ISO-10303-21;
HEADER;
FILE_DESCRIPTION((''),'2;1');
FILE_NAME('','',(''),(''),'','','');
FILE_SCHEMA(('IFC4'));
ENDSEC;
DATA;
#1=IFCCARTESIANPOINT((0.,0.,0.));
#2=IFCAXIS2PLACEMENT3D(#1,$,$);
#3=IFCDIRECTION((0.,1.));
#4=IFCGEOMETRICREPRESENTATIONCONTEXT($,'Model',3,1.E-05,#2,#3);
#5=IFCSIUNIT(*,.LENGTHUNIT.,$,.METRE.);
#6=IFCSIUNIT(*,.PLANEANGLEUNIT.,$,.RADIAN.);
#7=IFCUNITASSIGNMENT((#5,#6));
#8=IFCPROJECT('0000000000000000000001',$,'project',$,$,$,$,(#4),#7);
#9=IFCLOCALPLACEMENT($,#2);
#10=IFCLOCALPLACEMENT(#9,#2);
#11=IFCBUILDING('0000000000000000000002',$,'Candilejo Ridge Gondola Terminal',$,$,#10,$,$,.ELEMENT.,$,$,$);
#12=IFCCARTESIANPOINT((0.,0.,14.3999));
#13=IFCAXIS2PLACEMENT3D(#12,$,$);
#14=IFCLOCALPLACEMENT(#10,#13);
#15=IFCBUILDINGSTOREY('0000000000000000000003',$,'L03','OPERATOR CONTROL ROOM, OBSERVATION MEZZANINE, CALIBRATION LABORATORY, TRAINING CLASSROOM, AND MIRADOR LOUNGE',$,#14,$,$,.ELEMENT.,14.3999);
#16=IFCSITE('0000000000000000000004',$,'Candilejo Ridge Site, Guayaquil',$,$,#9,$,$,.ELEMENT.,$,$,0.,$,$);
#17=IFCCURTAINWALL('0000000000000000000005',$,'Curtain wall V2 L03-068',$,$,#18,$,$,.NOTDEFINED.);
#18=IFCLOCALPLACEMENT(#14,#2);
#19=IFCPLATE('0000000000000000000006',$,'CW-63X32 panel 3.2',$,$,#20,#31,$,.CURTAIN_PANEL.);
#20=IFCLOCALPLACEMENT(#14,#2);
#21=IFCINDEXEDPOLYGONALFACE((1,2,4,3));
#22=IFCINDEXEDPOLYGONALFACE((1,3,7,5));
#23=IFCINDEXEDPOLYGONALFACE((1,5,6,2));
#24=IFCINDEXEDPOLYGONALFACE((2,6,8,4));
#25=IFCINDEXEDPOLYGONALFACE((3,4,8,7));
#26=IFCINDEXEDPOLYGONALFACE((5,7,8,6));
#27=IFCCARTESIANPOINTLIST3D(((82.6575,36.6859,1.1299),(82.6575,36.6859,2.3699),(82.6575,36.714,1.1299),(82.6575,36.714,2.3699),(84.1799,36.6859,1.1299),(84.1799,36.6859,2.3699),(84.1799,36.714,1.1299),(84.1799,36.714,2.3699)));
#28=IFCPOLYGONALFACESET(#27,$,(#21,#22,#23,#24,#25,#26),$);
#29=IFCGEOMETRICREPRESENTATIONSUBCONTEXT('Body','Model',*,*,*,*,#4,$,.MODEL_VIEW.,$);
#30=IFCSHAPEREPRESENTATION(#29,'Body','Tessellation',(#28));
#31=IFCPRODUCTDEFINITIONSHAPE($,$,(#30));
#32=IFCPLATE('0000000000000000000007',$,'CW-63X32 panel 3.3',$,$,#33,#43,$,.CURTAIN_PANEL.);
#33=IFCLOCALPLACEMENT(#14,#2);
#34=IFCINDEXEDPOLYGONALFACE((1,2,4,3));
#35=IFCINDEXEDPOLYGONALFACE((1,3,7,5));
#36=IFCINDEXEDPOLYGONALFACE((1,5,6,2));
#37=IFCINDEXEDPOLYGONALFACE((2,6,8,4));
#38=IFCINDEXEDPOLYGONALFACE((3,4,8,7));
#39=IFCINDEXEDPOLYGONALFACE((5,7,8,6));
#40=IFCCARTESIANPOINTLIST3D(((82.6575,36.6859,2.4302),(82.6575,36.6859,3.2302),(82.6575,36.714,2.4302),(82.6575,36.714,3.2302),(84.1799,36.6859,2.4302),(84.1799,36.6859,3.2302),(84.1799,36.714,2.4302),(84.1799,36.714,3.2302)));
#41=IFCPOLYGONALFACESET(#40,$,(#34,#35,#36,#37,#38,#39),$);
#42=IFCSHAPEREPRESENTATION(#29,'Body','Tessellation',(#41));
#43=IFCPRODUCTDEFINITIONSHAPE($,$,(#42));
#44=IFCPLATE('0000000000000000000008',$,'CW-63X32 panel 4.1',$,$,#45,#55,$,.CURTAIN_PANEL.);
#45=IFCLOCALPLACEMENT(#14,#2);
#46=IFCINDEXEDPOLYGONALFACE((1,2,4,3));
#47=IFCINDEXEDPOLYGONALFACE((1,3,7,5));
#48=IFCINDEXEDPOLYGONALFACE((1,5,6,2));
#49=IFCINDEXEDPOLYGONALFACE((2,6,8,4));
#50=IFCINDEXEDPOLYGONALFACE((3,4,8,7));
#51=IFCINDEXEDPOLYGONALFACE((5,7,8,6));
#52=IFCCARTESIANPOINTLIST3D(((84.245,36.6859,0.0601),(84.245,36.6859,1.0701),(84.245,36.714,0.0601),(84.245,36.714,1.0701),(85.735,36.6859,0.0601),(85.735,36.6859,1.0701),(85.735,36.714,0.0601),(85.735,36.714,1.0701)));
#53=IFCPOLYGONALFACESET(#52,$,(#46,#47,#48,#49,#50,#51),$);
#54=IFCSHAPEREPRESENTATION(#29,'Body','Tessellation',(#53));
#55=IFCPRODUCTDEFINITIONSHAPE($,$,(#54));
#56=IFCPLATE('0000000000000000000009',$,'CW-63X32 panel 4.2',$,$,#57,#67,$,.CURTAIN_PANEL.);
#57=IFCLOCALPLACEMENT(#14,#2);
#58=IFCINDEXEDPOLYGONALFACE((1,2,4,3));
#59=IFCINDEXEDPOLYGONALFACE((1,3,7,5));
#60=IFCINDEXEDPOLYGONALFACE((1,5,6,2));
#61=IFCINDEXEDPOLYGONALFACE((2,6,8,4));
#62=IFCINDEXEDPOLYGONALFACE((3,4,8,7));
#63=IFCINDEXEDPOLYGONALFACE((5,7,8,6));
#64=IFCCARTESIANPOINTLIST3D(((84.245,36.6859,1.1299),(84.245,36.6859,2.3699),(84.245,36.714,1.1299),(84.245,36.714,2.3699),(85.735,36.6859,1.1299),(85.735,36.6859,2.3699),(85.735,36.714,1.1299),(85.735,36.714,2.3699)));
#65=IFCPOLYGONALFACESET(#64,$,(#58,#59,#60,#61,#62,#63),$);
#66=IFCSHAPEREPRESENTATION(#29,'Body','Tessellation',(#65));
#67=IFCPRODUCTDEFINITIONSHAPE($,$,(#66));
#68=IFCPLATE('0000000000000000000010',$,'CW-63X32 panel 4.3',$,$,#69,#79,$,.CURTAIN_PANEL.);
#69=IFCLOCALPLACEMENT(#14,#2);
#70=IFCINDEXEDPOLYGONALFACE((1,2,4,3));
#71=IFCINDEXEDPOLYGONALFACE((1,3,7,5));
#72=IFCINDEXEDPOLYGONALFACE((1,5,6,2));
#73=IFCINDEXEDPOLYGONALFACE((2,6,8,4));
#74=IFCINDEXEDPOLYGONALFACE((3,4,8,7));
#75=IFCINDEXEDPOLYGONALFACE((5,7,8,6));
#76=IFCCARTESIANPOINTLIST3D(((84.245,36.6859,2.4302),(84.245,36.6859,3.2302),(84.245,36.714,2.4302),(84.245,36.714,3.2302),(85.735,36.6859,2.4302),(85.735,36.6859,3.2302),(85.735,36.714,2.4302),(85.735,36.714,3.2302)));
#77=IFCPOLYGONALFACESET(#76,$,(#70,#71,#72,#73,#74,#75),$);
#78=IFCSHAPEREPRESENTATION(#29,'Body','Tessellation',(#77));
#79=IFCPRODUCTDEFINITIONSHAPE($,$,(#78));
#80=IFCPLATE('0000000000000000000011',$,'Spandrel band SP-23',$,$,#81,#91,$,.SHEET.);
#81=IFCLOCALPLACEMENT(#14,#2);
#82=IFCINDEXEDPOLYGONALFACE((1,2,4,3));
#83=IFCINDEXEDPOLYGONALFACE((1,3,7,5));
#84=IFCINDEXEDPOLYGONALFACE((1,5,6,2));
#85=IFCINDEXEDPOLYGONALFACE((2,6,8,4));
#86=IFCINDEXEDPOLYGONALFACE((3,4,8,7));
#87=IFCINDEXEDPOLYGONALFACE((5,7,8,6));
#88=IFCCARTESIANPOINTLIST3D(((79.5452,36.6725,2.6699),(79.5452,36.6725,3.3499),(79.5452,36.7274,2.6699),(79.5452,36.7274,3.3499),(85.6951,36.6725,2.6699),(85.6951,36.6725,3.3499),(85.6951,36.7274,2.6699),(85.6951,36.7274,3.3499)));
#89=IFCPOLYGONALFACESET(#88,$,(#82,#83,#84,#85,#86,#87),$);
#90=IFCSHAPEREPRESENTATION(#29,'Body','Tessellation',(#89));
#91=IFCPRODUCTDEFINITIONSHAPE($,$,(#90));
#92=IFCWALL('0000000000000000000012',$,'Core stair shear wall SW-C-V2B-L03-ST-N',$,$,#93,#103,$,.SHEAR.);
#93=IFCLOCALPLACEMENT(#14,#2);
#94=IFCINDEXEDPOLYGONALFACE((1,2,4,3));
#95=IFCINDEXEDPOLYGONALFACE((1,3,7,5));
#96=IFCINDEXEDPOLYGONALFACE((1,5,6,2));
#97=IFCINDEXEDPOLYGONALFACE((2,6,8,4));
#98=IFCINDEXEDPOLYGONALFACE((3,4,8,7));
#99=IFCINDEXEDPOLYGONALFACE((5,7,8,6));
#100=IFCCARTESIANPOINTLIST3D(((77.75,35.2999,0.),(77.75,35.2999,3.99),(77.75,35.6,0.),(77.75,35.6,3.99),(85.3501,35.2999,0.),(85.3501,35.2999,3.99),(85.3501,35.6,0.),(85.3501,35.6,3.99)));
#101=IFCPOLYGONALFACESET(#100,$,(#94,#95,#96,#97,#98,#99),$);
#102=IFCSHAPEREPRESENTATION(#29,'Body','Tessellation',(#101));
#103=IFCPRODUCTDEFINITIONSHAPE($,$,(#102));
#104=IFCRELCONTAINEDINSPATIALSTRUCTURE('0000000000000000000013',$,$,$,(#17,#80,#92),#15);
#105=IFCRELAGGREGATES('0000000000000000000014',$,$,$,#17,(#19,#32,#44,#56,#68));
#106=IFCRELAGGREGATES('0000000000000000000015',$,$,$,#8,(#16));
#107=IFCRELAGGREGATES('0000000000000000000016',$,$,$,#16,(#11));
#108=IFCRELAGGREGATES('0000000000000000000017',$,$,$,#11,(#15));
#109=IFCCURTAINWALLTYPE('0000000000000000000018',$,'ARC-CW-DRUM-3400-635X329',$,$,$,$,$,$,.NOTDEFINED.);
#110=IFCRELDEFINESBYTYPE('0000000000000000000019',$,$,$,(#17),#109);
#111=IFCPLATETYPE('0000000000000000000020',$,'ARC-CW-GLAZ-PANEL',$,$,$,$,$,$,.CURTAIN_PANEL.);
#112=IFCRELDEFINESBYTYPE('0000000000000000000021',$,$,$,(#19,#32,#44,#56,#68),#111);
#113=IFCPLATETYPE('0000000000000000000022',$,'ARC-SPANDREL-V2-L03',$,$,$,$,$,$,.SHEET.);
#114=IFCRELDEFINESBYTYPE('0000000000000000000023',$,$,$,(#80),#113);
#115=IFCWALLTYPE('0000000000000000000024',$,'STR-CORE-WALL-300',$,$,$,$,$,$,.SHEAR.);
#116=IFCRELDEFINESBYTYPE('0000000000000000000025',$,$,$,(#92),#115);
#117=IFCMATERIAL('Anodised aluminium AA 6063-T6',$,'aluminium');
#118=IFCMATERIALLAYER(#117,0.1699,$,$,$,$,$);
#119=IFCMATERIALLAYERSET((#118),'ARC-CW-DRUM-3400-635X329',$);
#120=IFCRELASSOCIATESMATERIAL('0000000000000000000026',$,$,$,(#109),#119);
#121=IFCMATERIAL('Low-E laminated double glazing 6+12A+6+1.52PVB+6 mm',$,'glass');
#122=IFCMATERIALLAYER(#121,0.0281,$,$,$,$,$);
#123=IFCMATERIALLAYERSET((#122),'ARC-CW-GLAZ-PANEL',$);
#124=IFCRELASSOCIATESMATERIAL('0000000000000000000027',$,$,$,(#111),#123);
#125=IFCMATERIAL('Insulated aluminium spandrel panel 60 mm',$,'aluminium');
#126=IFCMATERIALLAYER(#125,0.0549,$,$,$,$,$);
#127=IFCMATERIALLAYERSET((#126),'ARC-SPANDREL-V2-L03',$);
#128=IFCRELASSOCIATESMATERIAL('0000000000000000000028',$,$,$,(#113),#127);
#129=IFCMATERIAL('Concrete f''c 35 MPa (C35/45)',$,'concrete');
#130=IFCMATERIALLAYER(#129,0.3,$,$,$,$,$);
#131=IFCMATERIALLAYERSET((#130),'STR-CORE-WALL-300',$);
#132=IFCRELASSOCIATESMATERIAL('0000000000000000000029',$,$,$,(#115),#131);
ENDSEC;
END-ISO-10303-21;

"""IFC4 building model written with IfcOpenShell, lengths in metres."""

from ifc_helpers import new_model, si_unit, direction, frame, frame_2d, origin, origin_2d, place, context, subcontext, project, spatial, rectangle, extrude, material, layer, layer_set, type_object, element, aggregate, save


model = new_model("IFC4")

# Units and contexts
model_context = context("Model", 3, precision=1e-05, world=origin(), true_north=direction((0.0, 1.0)))
body_context = subcontext(model_context, "Body", "Model", "MODEL_VIEW")
ifc_project = project(units=[si_unit("LENGTHUNIT", "METRE"), si_unit("PLANEANGLEUNIT", "RADIAN")], contexts=[model_context])

# Site, building, storey
site_placement = place(None, origin())
site = spatial("IfcSite", under=ifc_project, at=site_placement, Name="Candilejo Ridge Site, Guayaquil", CompositionType="ELEMENT", RefElevation=0.0)
building_placement = place(site_placement, origin())
building = spatial("IfcBuilding", under=site, at=building_placement, Name="Candilejo Ridge Gondola Terminal", CompositionType="ELEMENT")
storey_placement = place(building_placement, frame((0.0, 0.0, 14.3999)))
storey = spatial("IfcBuildingStorey", under=building, at=storey_placement, Name="L03", Description="OPERATOR CONTROL ROOM, OBSERVATION MEZZANINE, CALIBRATION LABORATORY, TRAINING CLASSROOM, AND MIRADOR LOUNGE", CompositionType="ELEMENT", Elevation=14.3999)

# Curtain wall, plates
ifc_material_1 = material(Name="Anodised aluminium AA 6063-T6", Category="aluminium")
ifc_layer_1 = layer(ifc_material_1, 0.1699)
ifc_layer_set_1 = layer_set([ifc_layer_1], Name="ARC-CW-DRUM-3400-635X329")
curtain_wall_type = type_object("IfcCurtainWallType", Name="ARC-CW-DRUM-3400-635X329", PredefinedType="NOTDEFINED", material=ifc_layer_set_1)
curtain_wall_placement = place(storey_placement, origin())
curtain_wall = element("IfcCurtainWall", 1, at=curtain_wall_placement, inside=storey, type_object=curtain_wall_type, Name="Curtain wall V2 L03-068", PredefinedType="NOTDEFINED")
ifc_material_2 = material(Name="Low-E laminated double glazing 6+12A+6+1.52PVB+6 mm", Category="glass")
ifc_layer_2 = layer(ifc_material_2, 0.0281)
ifc_layer_set_2 = layer_set([ifc_layer_2], Name="ARC-CW-GLAZ-PANEL")
plate_type_1 = type_object("IfcPlateType", Name="ARC-CW-GLAZ-PANEL", PredefinedType="CURTAIN_PANEL", material=ifc_layer_set_2)
plate_1_placement = place(storey_placement, frame((83.4187, 36.7, 1.1299), z_axis=(0.0, 0.0, 1.0), x_axis=(1.0, 0.0, 0.0)))
plate_1 = element("IfcPlate", 2, at=plate_1_placement, type_object=plate_type_1, Name="CW-63X32 panel 3.2", PredefinedType="CURTAIN_PANEL", context=body_context, shape_type="SweptSolid", body=[
    extrude(rectangle(XDim=1.5225, YDim=0.0281, at=origin_2d()), origin(), (0.0, 0.0, 1.0), 1.24),
])
plate_2_placement = place(storey_placement, frame((83.4187, 36.7, 2.4302), z_axis=(0.0, 0.0, 1.0), x_axis=(1.0, 0.0, 0.0)))
plate_2 = element("IfcPlate", 3, at=plate_2_placement, type_object=plate_type_1, Name="CW-63X32 panel 3.3", PredefinedType="CURTAIN_PANEL", context=body_context, shape_type="SweptSolid", body=[
    extrude(rectangle(XDim=1.5225, YDim=0.0281, at=origin_2d()), origin(), (0.0, 0.0, 1.0), 0.8),
])
plate_3_placement = place(storey_placement, frame((84.99, 36.7, 0.0601), z_axis=(0.0, 0.0, 1.0), x_axis=(1.0, 0.0, 0.0)))
plate_3 = element("IfcPlate", 4, at=plate_3_placement, type_object=plate_type_1, Name="CW-63X32 panel 4.1", PredefinedType="CURTAIN_PANEL", context=body_context, shape_type="SweptSolid", body=[
    extrude(rectangle(XDim=1.49, YDim=0.0281, at=origin_2d()), origin(), (0.0, 0.0, 1.0), 1.01),
])
plate_4_placement = place(storey_placement, frame((84.99, 36.7, 1.1299), z_axis=(0.0, 0.0, 1.0), x_axis=(1.0, 0.0, 0.0)))
plate_4 = element("IfcPlate", 5, at=plate_4_placement, type_object=plate_type_1, Name="CW-63X32 panel 4.2", PredefinedType="CURTAIN_PANEL", context=body_context, shape_type="SweptSolid", body=[
    extrude(rectangle(XDim=1.49, YDim=0.0281, at=origin_2d()), origin(), (0.0, 0.0, 1.0), 1.24),
])
plate_5_placement = place(storey_placement, frame((84.99, 36.7, 2.4302), z_axis=(0.0, 0.0, 1.0), x_axis=(1.0, 0.0, 0.0)))
plate_5 = element("IfcPlate", 6, at=plate_5_placement, type_object=plate_type_1, Name="CW-63X32 panel 4.3", PredefinedType="CURTAIN_PANEL", context=body_context, shape_type="SweptSolid", body=[
    extrude(rectangle(XDim=1.49, YDim=0.0281, at=origin_2d()), origin(), (0.0, 0.0, 1.0), 0.8),
])
aggregate(curtain_wall, [plate_1, plate_2, plate_3, plate_4, plate_5])

# Plate
ifc_material_3 = material(Name="Insulated aluminium spandrel panel 60 mm", Category="aluminium")
ifc_layer_3 = layer(ifc_material_3, 0.0549)
ifc_layer_set_3 = layer_set([ifc_layer_3], Name="ARC-SPANDREL-V2-L03")
plate_type_2 = type_object("IfcPlateType", Name="ARC-SPANDREL-V2-L03", PredefinedType="SHEET", material=ifc_layer_set_3)
plate_6_placement = place(storey_placement, frame((82.6201, 36.7, 2.6699), z_axis=(0.0, 0.0, 1.0), x_axis=(1.0, 0.0, 0.0)))
element("IfcPlate", 7, at=plate_6_placement, inside=storey, type_object=plate_type_2, Name="Spandrel band SP-23", PredefinedType="SHEET", context=body_context, shape_type="SweptSolid", body=[
    extrude(rectangle(XDim=6.1499, YDim=0.0549, at=origin_2d()), origin(), (0.0, 0.0, 1.0), 0.6799),
])

# Wall
ifc_material_4 = material(Name="Concrete f'c 35 MPa (C35/45)", Category="concrete")
ifc_layer_4 = layer(ifc_material_4, 0.3)
ifc_layer_set_4 = layer_set([ifc_layer_4], Name="STR-CORE-WALL-300")
wall_type = type_object("IfcWallType", Name="STR-CORE-WALL-300", PredefinedType="SHEAR", material=ifc_layer_set_4)
wall_placement = place(storey_placement, frame((85.3501, 35.45, 0.0), z_axis=(0.0, 0.0, 1.0), x_axis=(-1.0, 0.0, 0.0)))
element("IfcWall", 8, at=wall_placement, inside=storey, type_object=wall_type, Name="Core stair shear wall SW-C-V2B-L03-ST-N", PredefinedType="SHEAR", context=body_context, shape_type="SweptSolid", body=[
    extrude(rectangle(XDim=7.6001, YDim=0.3, at=frame_2d((3.8, 0.0))), origin(), (0.0, 0.0, 1.0), 3.99),
])

save(model, "model.ifc")
